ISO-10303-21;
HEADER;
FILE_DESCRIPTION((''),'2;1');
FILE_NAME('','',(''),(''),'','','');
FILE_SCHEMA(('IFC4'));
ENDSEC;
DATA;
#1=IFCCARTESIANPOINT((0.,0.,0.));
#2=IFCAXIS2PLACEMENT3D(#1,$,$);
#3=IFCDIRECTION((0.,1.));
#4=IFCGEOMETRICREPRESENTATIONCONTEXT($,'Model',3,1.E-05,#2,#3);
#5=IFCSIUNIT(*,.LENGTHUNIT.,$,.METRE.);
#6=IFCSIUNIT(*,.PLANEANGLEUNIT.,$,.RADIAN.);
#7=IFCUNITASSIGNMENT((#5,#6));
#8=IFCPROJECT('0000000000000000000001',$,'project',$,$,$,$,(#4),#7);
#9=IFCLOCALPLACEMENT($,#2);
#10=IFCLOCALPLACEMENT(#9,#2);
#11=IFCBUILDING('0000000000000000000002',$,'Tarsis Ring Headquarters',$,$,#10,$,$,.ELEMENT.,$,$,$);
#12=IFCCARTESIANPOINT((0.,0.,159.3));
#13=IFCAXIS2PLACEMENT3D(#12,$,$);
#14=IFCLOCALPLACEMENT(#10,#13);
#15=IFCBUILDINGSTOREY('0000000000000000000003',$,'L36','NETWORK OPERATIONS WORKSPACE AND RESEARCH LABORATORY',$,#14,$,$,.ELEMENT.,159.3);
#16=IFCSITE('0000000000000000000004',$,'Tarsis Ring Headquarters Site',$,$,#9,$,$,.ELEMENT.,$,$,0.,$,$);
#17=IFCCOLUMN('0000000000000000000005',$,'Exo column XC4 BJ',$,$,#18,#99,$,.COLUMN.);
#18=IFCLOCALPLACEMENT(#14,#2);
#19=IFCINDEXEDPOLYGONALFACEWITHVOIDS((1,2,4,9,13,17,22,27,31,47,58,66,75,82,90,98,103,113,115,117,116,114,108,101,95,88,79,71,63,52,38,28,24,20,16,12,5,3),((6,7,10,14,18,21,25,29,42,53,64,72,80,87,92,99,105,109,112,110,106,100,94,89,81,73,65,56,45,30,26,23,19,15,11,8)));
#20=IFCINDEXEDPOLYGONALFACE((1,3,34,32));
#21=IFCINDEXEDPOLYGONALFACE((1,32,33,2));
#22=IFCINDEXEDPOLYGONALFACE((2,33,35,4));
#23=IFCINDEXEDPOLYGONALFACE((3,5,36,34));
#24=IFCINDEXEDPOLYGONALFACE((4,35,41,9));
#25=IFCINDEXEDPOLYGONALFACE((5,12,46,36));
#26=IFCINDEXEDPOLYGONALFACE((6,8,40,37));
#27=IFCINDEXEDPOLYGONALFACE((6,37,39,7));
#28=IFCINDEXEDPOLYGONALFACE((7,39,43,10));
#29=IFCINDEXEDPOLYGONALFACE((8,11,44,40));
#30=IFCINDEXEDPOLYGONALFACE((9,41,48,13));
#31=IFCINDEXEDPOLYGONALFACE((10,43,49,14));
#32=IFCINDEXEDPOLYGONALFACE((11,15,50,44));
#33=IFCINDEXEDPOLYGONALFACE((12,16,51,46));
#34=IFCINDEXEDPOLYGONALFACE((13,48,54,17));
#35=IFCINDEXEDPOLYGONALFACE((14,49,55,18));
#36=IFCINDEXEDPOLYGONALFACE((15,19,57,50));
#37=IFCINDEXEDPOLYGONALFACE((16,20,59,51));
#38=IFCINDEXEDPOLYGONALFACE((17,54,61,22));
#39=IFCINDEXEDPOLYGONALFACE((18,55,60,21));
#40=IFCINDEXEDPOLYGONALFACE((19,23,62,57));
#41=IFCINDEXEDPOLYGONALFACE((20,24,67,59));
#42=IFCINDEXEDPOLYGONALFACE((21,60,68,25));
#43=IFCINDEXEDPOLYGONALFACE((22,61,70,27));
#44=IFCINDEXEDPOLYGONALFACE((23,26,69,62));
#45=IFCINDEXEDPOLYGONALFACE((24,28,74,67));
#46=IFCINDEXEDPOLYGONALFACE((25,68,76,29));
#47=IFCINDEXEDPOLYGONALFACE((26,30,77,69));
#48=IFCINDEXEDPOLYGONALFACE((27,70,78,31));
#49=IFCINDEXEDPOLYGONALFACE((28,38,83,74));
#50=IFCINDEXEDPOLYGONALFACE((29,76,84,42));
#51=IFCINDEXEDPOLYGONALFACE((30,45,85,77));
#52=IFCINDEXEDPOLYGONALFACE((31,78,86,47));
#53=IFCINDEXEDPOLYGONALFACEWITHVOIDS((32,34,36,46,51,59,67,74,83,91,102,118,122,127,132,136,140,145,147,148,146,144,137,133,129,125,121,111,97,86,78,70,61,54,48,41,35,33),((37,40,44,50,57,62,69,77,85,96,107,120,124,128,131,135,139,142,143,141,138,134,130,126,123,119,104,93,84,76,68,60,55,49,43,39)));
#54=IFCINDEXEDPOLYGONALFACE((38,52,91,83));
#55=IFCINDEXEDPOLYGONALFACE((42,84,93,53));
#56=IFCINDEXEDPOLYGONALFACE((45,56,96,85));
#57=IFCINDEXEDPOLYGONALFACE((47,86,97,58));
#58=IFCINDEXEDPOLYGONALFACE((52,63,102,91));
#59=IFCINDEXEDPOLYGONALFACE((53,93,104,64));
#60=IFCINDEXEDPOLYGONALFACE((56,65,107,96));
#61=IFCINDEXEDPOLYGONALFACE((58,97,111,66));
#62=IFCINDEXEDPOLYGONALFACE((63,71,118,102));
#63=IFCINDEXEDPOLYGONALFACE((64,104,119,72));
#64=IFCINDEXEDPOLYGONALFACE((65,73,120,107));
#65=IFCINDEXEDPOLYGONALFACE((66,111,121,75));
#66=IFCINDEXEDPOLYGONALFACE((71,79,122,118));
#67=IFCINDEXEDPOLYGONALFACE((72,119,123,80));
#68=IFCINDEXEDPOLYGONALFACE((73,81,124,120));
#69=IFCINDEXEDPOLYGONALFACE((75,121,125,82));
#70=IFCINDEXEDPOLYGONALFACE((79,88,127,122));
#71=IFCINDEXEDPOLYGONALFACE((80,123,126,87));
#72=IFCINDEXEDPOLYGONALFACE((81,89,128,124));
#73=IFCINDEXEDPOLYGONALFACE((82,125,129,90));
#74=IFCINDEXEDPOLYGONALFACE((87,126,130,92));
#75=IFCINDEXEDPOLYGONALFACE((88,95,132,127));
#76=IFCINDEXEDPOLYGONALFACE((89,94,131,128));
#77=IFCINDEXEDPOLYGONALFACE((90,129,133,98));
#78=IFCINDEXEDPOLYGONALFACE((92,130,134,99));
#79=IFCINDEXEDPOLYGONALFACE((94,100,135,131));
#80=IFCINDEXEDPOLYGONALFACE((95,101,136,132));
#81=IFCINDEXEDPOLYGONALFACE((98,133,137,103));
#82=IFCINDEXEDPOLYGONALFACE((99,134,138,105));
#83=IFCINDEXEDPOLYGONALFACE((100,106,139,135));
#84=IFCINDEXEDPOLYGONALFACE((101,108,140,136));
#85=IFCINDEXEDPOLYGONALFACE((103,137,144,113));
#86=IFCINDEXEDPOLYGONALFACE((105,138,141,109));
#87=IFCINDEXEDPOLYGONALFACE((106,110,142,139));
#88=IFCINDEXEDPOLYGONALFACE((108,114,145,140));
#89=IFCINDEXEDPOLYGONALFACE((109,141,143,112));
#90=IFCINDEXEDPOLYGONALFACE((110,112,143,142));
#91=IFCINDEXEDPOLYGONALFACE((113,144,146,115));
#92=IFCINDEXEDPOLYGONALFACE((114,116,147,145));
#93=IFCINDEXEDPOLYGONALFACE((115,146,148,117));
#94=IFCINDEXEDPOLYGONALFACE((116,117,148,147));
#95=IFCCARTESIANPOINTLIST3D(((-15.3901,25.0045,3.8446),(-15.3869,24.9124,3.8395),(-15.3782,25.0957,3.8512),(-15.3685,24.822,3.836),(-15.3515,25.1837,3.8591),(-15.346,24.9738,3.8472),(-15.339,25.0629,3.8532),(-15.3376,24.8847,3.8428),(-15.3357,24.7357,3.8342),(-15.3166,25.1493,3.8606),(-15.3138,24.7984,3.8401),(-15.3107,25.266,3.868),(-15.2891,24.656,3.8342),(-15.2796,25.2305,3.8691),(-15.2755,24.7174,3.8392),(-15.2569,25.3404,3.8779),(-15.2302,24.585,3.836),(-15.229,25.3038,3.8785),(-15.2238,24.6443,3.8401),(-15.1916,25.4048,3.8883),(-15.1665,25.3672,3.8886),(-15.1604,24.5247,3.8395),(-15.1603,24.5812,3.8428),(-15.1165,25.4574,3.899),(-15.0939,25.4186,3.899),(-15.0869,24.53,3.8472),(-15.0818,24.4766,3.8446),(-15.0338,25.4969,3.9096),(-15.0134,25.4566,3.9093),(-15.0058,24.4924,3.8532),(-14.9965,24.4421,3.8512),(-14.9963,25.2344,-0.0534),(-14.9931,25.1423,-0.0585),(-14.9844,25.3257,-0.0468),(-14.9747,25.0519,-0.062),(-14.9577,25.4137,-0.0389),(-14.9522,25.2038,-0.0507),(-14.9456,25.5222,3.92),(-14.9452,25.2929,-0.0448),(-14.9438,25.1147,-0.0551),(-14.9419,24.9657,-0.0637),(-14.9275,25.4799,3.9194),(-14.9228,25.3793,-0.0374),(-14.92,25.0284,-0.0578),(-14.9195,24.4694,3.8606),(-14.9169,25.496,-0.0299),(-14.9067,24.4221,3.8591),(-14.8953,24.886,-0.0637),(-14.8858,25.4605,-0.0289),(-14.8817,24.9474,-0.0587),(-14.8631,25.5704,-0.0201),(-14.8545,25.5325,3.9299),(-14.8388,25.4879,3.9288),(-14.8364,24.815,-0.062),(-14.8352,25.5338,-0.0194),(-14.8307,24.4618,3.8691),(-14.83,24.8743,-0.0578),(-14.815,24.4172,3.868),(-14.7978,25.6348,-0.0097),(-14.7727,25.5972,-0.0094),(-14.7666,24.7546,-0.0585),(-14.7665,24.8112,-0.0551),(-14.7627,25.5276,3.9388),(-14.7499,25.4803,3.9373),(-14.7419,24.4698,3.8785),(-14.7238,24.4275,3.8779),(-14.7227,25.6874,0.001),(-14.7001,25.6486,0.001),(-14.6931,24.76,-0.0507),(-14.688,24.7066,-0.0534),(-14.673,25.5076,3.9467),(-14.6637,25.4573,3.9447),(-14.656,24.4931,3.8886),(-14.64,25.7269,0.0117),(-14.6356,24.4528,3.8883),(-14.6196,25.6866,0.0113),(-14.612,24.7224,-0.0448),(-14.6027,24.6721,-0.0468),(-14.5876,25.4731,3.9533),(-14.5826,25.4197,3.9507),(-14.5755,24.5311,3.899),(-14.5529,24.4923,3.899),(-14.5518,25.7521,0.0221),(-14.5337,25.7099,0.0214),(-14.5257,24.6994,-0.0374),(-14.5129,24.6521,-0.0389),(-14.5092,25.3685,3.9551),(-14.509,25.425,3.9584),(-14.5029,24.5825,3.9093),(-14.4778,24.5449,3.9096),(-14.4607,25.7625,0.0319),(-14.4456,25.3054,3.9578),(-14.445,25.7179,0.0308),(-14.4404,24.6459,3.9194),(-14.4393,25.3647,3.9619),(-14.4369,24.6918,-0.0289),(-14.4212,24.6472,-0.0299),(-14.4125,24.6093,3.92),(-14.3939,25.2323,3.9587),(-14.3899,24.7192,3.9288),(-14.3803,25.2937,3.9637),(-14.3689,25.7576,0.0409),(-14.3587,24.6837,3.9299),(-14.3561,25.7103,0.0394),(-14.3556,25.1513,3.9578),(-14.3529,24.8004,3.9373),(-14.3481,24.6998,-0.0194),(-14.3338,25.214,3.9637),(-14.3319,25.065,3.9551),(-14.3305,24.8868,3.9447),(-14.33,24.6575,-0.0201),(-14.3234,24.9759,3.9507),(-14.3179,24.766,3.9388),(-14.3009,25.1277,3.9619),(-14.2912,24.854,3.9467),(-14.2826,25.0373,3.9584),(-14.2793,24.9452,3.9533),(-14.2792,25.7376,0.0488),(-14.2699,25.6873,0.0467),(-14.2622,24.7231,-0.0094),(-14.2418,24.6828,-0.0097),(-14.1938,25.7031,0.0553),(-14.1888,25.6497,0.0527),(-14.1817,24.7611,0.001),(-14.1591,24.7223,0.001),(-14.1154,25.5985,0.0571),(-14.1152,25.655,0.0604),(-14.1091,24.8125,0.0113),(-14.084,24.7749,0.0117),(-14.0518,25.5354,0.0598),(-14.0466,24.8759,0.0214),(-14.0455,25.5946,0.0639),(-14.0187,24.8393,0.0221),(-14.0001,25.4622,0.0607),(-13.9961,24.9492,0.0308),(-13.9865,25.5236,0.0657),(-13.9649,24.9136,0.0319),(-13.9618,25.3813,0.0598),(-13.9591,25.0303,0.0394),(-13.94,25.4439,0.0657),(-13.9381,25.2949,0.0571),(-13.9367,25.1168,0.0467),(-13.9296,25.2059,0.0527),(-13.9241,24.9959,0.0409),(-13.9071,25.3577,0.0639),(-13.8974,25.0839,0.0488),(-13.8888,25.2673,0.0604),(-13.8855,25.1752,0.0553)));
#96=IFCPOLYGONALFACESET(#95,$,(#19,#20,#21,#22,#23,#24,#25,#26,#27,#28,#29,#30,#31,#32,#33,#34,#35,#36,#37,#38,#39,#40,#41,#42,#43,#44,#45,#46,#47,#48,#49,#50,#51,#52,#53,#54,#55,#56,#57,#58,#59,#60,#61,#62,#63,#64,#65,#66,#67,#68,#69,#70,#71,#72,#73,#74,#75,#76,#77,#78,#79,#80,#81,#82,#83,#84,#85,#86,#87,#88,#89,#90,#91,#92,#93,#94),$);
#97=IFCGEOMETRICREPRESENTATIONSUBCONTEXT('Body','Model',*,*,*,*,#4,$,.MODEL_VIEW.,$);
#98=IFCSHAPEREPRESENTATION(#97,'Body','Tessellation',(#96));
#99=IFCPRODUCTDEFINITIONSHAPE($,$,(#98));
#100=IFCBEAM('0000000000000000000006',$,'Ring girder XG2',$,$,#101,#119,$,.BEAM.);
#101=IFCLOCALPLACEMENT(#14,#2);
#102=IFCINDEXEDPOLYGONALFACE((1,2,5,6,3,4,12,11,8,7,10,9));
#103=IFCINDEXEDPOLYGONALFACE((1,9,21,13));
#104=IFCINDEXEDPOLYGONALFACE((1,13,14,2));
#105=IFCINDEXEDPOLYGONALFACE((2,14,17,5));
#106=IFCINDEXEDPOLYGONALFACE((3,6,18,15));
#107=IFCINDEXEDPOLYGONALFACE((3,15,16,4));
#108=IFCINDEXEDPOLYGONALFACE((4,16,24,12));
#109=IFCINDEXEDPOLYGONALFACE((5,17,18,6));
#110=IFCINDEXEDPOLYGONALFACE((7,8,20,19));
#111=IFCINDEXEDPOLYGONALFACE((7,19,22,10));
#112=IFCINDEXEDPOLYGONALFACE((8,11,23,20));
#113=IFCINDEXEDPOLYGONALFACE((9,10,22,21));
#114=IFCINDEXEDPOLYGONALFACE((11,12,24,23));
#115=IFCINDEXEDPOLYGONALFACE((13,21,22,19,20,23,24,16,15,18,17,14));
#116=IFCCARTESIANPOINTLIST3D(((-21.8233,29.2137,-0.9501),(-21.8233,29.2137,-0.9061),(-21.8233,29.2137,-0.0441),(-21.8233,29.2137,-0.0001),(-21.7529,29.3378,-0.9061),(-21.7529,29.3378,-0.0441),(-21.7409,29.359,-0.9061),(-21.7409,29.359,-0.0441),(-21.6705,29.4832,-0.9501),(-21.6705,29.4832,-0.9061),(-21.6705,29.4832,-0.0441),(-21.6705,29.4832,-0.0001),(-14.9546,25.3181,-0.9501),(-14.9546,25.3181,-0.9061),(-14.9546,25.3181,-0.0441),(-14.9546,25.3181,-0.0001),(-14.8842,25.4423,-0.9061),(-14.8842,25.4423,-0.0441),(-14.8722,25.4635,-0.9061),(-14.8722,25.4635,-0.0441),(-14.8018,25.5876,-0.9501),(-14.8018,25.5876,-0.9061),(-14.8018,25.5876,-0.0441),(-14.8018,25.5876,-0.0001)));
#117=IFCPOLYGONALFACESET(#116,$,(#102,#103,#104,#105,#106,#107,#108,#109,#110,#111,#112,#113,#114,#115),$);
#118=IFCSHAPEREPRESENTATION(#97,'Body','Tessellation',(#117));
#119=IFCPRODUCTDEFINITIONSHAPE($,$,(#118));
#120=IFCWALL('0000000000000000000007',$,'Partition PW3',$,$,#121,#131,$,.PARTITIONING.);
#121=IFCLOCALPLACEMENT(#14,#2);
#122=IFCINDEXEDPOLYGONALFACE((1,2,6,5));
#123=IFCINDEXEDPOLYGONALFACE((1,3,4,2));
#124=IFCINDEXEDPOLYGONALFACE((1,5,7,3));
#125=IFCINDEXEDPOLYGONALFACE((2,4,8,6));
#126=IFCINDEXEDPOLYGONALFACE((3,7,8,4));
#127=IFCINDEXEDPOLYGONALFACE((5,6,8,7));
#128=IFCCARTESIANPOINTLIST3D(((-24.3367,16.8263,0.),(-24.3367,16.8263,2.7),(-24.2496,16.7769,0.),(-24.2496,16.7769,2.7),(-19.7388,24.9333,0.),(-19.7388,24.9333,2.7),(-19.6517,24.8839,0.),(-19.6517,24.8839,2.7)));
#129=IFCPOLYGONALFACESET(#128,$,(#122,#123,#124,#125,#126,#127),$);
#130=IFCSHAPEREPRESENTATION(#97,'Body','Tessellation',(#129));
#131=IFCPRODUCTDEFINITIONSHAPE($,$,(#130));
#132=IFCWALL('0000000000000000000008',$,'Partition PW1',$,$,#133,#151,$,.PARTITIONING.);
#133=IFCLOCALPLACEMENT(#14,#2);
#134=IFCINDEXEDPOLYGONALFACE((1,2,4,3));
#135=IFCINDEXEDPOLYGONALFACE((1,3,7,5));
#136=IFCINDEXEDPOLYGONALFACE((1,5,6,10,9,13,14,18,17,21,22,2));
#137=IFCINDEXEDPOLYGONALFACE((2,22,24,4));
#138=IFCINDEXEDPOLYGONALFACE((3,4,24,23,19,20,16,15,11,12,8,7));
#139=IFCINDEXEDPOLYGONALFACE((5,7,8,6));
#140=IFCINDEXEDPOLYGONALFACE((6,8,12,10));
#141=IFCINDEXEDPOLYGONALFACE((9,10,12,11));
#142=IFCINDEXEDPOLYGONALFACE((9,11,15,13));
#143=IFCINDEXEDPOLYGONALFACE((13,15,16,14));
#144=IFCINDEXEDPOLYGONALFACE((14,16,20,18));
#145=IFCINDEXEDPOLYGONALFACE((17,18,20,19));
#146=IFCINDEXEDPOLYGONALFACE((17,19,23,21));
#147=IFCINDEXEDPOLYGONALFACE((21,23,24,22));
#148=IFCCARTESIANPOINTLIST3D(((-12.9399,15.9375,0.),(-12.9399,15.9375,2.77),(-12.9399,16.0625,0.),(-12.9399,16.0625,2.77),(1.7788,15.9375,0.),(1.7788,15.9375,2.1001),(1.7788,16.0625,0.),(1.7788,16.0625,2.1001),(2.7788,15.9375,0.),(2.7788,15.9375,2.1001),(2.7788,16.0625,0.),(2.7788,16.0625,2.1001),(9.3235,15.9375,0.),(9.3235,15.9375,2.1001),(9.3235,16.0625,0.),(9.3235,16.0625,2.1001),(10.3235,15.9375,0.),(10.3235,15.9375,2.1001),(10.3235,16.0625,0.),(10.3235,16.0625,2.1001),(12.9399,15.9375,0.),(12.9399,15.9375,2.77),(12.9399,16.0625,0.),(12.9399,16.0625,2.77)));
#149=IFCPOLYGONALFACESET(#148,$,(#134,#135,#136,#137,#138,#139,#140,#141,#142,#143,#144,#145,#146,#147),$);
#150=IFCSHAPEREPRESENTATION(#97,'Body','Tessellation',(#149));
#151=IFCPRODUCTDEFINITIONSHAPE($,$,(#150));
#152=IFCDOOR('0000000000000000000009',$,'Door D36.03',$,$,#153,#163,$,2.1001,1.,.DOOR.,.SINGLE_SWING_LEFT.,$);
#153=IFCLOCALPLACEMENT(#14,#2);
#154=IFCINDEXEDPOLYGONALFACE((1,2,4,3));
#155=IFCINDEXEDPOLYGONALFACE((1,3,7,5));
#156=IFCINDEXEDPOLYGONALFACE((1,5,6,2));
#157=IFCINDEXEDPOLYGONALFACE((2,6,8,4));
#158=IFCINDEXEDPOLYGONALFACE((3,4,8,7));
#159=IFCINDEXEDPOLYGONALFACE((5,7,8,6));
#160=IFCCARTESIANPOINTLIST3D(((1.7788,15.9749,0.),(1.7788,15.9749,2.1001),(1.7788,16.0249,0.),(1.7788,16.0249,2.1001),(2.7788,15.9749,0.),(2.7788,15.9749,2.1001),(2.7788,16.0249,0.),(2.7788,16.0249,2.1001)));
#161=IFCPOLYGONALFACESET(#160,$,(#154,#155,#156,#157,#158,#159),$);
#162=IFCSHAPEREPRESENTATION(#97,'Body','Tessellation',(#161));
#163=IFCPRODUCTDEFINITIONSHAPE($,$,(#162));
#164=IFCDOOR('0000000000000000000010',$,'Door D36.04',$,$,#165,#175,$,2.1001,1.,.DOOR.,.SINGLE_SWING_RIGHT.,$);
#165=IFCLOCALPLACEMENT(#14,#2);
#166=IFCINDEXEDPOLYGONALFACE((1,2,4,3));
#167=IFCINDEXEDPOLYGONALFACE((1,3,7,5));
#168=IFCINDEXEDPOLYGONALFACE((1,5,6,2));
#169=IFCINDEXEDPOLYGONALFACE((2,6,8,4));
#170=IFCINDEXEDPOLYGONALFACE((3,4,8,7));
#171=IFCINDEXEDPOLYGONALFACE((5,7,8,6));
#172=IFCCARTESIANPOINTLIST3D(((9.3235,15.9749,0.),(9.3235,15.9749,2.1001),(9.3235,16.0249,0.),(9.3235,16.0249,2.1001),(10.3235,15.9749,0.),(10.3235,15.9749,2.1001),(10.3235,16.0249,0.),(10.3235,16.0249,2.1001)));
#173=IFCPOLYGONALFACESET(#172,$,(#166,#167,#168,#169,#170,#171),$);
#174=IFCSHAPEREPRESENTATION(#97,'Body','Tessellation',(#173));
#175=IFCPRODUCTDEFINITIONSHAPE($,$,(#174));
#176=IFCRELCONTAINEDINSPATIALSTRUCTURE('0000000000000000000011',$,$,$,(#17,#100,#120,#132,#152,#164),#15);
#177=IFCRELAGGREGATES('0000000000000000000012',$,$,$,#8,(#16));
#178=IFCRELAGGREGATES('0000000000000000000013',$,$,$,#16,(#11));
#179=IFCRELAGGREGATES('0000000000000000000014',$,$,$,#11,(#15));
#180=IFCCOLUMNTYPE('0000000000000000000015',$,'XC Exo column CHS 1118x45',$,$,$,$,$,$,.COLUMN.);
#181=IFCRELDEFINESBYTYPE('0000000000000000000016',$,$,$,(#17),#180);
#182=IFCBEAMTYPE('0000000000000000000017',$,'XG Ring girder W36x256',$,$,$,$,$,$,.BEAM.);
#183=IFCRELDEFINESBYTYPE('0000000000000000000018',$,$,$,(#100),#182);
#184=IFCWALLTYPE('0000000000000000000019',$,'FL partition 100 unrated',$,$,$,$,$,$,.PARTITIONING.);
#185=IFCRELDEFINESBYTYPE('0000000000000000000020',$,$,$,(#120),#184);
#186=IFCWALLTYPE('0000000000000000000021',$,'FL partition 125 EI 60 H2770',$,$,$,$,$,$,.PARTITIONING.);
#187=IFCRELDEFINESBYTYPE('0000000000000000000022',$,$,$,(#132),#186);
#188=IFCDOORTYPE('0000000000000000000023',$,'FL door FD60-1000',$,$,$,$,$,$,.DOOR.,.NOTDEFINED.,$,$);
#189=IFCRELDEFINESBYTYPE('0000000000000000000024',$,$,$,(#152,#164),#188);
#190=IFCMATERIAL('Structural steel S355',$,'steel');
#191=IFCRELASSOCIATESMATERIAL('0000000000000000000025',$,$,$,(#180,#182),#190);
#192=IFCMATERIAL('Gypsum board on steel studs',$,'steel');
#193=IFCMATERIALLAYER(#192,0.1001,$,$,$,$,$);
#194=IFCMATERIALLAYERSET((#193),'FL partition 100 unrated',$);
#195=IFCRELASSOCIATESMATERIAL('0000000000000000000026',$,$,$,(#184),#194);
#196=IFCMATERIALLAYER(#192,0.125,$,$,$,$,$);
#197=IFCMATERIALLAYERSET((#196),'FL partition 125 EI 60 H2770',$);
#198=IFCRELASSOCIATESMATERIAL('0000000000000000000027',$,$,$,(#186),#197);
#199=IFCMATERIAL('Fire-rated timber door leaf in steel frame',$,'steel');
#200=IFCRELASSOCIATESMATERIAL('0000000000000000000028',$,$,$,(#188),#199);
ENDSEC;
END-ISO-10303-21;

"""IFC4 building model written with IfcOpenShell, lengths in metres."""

from ifc_helpers import new_model, si_unit, direction, frame, frame_2d, origin, origin_2d, place, context, subcontext, project, spatial, rectangle, hollow_circle, i_section, extrude, material, layer, layer_set, material_profile, profile_set, type_object, element, fill, save


model = new_model("IFC4")

# Units and contexts
model_context = context("Model", 3, precision=1e-05, world=origin(), true_north=direction((0.0, 1.0)))
body_context = subcontext(model_context, "Body", "Model", "MODEL_VIEW")
ifc_project = project(units=[si_unit("LENGTHUNIT", "METRE"), si_unit("PLANEANGLEUNIT", "RADIAN")], contexts=[model_context])

# Site, building, storey
site_placement = place(None, origin())
site = spatial("IfcSite", under=ifc_project, at=site_placement, Name="Tarsis Ring Headquarters Site", CompositionType="ELEMENT", RefElevation=0.0)
building_placement = place(site_placement, origin())
building = spatial("IfcBuilding", under=site, at=building_placement, Name="Tarsis Ring Headquarters", CompositionType="ELEMENT")
storey_placement = place(building_placement, frame((0.0, 0.0, 159.3)))
storey = spatial("IfcBuildingStorey", under=building, at=storey_placement, Name="L36", Description="NETWORK OPERATIONS WORKSPACE AND RESEARCH LABORATORY", CompositionType="ELEMENT", Elevation=159.3)

# Column
ifc_material_1 = material(Name="Structural steel S355", Category="steel")
ifc_material_profile_1 = material_profile(ifc_material_1, hollow_circle(Radius=0.5588, WallThickness=0.0449, at=origin_2d()), Name="CHS 1118x45")
ifc_profile_set_1 = profile_set([ifc_material_profile_1], Name="Structural steel S355")
column_type = type_object("IfcColumnType", Name="XC Exo column CHS 1118x45", PredefinedType="COLUMN", material=ifc_profile_set_1)
column_placement = place(storey_placement, frame((-14.4409, 25.2048, 0.001), z_axis=(-0.100343, -0.058601, 0.993226), x_axis=(0.504304, -0.863526, 0.0)))
element("IfcColumn", 1, at=column_placement, inside=storey, type_object=column_type, Name="Exo column XC4 BJ", PredefinedType="COLUMN", context=body_context, shape_type="SweptSolid", body=[
    extrude(hollow_circle(Radius=0.5588, WallThickness=0.0449, at=origin_2d()), origin(), (0.0, 0.0, 1.0), 3.9246),
])

# Beam
ifc_material_profile_2 = material_profile(ifc_material_1, i_section(OverallWidth=0.3098, OverallDepth=0.95, WebThickness=0.0244, FlangeThickness=0.0439, at=origin_2d()), Name="W36x256")
ifc_profile_set_2 = profile_set([ifc_material_profile_2], Name="Structural steel S355")
beam_type = type_object("IfcBeamType", Name="XG Ring girder W36x256", PredefinedType="BEAM", material=ifc_profile_set_2)
beam_placement = place(storey_placement, frame((-14.8782, 25.4529, -0.4751), z_axis=(-0.869844, 0.493326, 0.0), x_axis=(-0.493326, -0.869844, 0.0)))
element("IfcBeam", 2, at=beam_placement, inside=storey, type_object=beam_type, Name="Ring girder XG2", PredefinedType="BEAM", context=body_context, shape_type="SweptSolid", body=[
    extrude(i_section(OverallWidth=0.3098, OverallDepth=0.95, WebThickness=0.0244, FlangeThickness=0.0439, at=origin_2d()), origin(), (0.0, 0.0, 1.0), 7.8965),
])

# Wall
ifc_material_2 = material(Name="Gypsum board on steel studs", Category="steel")
ifc_layer_1 = layer(ifc_material_2, 0.1001)
ifc_layer_set_1 = layer_set([ifc_layer_1], Name="FL partition 100 unrated")
wall_type_1 = type_object("IfcWallType", Name="FL partition 100 unrated", PredefinedType="PARTITIONING", material=ifc_layer_set_1)
wall_1_placement = place(storey_placement, frame((-24.2932, 16.8015, 0.0), z_axis=(0.0, 0.0, 1.0), x_axis=(0.493335, 0.869839, 0.0)))
element("IfcWall", 3, at=wall_1_placement, inside=storey, type_object=wall_type_1, Name="Partition PW3", PredefinedType="PARTITIONING", context=body_context, shape_type="SweptSolid", body=[
    extrude(rectangle(XDim=9.3201, YDim=0.1001, at=frame_2d((4.6602, 0.0))), origin(), (0.0, 0.0, 1.0), 2.7),
])

# Wall, openings, doors
ifc_layer_2 = layer(ifc_material_2, 0.125)
ifc_layer_set_2 = layer_set([ifc_layer_2], Name="FL partition 125 EI 60 H2770")
wall_type_2 = type_object("IfcWallType", Name="FL partition 125 EI 60 H2770", PredefinedType="PARTITIONING", material=ifc_layer_set_2)
wall_2_placement = place(storey_placement, frame((-12.9399, 16.0, 0.0), z_axis=(0.0, 0.0, 1.0), x_axis=(1.0, 0.0, 0.0)))
wall_2 = element("IfcWall", 4, at=wall_2_placement, inside=storey, type_object=wall_type_2, Name="Partition PW1", PredefinedType="PARTITIONING", context=body_context, shape_type="SweptSolid", body=[
    extrude(rectangle(XDim=25.8799, YDim=0.125, at=frame_2d((12.9399, 0.0))), origin(), (0.0, 0.0, 1.0), 2.77),
])
opening_1_placement = place(wall_2_placement, frame((14.7188, 0.0, 0.0)))
opening_1 = element("IfcOpeningElement", 5, at=opening_1_placement, cuts=wall_2, PredefinedType="OPENING", context=body_context, shape_type="SweptSolid", body=[
    extrude(rectangle(XDim=1.0, YDim=2.1001, at=frame_2d((0.5, 1.05))), frame((0.0, 0.0725, 0.0), z_axis=(0.0, -1.0, 0.0), x_axis=(1.0, 0.0, 0.0)), (0.0, 0.0, 1.0), 0.145),
])
opening_2_placement = place(wall_2_placement, frame((22.2634, 0.0, 0.0)))
opening_2 = element("IfcOpeningElement", 6, at=opening_2_placement, cuts=wall_2, PredefinedType="OPENING", context=body_context, shape_type="SweptSolid", body=[
    extrude(rectangle(XDim=1.0, YDim=2.1001, at=frame_2d((0.5, 1.05))), frame((0.0, 0.0725, 0.0), z_axis=(0.0, -1.0, 0.0), x_axis=(1.0, 0.0, 0.0)), (0.0, 0.0, 1.0), 0.145),
])
ifc_material_3 = material(Name="Fire-rated timber door leaf in steel frame", Category="steel")
door_type_1 = type_object("IfcDoorType", Name="FL door FD60-1000", OperationType="NOTDEFINED", PredefinedType="DOOR", material=ifc_material_3)
door_1_placement = place(opening_1_placement, origin())
door_1 = element("IfcDoor", 7, at=door_1_placement, inside=storey, type_object=door_type_1, Name="Door D36.03", OperationType="SINGLE_SWING_LEFT", OverallHeight=2.1001, OverallWidth=1.0, PredefinedType="DOOR", context=body_context, shape_type="SweptSolid", body=[
    extrude(rectangle(XDim=1.0, YDim=2.1001, at=frame_2d((0.5, 1.05))), frame((0.0, 0.0249, 0.0), z_axis=(0.0, -1.0, 0.0), x_axis=(1.0, 0.0, 0.0)), (0.0, 0.0, 1.0), 0.05),
])
fill(opening_1, door_1)
door_2_placement = place(opening_2_placement, origin())
door_2 = element("IfcDoor", 8, at=door_2_placement, inside=storey, type_object=door_type_1, Name="Door D36.04", OperationType="SINGLE_SWING_RIGHT", OverallHeight=2.1001, OverallWidth=1.0, PredefinedType="DOOR", context=body_context, shape_type="SweptSolid", body=[
    extrude(rectangle(XDim=1.0, YDim=2.1001, at=frame_2d((0.5, 1.05))), frame((0.0, 0.0249, 0.0), z_axis=(0.0, -1.0, 0.0), x_axis=(1.0, 0.0, 0.0)), (0.0, 0.0, 1.0), 0.05),
])
fill(opening_2, door_2)

save(model, "model.ifc")
